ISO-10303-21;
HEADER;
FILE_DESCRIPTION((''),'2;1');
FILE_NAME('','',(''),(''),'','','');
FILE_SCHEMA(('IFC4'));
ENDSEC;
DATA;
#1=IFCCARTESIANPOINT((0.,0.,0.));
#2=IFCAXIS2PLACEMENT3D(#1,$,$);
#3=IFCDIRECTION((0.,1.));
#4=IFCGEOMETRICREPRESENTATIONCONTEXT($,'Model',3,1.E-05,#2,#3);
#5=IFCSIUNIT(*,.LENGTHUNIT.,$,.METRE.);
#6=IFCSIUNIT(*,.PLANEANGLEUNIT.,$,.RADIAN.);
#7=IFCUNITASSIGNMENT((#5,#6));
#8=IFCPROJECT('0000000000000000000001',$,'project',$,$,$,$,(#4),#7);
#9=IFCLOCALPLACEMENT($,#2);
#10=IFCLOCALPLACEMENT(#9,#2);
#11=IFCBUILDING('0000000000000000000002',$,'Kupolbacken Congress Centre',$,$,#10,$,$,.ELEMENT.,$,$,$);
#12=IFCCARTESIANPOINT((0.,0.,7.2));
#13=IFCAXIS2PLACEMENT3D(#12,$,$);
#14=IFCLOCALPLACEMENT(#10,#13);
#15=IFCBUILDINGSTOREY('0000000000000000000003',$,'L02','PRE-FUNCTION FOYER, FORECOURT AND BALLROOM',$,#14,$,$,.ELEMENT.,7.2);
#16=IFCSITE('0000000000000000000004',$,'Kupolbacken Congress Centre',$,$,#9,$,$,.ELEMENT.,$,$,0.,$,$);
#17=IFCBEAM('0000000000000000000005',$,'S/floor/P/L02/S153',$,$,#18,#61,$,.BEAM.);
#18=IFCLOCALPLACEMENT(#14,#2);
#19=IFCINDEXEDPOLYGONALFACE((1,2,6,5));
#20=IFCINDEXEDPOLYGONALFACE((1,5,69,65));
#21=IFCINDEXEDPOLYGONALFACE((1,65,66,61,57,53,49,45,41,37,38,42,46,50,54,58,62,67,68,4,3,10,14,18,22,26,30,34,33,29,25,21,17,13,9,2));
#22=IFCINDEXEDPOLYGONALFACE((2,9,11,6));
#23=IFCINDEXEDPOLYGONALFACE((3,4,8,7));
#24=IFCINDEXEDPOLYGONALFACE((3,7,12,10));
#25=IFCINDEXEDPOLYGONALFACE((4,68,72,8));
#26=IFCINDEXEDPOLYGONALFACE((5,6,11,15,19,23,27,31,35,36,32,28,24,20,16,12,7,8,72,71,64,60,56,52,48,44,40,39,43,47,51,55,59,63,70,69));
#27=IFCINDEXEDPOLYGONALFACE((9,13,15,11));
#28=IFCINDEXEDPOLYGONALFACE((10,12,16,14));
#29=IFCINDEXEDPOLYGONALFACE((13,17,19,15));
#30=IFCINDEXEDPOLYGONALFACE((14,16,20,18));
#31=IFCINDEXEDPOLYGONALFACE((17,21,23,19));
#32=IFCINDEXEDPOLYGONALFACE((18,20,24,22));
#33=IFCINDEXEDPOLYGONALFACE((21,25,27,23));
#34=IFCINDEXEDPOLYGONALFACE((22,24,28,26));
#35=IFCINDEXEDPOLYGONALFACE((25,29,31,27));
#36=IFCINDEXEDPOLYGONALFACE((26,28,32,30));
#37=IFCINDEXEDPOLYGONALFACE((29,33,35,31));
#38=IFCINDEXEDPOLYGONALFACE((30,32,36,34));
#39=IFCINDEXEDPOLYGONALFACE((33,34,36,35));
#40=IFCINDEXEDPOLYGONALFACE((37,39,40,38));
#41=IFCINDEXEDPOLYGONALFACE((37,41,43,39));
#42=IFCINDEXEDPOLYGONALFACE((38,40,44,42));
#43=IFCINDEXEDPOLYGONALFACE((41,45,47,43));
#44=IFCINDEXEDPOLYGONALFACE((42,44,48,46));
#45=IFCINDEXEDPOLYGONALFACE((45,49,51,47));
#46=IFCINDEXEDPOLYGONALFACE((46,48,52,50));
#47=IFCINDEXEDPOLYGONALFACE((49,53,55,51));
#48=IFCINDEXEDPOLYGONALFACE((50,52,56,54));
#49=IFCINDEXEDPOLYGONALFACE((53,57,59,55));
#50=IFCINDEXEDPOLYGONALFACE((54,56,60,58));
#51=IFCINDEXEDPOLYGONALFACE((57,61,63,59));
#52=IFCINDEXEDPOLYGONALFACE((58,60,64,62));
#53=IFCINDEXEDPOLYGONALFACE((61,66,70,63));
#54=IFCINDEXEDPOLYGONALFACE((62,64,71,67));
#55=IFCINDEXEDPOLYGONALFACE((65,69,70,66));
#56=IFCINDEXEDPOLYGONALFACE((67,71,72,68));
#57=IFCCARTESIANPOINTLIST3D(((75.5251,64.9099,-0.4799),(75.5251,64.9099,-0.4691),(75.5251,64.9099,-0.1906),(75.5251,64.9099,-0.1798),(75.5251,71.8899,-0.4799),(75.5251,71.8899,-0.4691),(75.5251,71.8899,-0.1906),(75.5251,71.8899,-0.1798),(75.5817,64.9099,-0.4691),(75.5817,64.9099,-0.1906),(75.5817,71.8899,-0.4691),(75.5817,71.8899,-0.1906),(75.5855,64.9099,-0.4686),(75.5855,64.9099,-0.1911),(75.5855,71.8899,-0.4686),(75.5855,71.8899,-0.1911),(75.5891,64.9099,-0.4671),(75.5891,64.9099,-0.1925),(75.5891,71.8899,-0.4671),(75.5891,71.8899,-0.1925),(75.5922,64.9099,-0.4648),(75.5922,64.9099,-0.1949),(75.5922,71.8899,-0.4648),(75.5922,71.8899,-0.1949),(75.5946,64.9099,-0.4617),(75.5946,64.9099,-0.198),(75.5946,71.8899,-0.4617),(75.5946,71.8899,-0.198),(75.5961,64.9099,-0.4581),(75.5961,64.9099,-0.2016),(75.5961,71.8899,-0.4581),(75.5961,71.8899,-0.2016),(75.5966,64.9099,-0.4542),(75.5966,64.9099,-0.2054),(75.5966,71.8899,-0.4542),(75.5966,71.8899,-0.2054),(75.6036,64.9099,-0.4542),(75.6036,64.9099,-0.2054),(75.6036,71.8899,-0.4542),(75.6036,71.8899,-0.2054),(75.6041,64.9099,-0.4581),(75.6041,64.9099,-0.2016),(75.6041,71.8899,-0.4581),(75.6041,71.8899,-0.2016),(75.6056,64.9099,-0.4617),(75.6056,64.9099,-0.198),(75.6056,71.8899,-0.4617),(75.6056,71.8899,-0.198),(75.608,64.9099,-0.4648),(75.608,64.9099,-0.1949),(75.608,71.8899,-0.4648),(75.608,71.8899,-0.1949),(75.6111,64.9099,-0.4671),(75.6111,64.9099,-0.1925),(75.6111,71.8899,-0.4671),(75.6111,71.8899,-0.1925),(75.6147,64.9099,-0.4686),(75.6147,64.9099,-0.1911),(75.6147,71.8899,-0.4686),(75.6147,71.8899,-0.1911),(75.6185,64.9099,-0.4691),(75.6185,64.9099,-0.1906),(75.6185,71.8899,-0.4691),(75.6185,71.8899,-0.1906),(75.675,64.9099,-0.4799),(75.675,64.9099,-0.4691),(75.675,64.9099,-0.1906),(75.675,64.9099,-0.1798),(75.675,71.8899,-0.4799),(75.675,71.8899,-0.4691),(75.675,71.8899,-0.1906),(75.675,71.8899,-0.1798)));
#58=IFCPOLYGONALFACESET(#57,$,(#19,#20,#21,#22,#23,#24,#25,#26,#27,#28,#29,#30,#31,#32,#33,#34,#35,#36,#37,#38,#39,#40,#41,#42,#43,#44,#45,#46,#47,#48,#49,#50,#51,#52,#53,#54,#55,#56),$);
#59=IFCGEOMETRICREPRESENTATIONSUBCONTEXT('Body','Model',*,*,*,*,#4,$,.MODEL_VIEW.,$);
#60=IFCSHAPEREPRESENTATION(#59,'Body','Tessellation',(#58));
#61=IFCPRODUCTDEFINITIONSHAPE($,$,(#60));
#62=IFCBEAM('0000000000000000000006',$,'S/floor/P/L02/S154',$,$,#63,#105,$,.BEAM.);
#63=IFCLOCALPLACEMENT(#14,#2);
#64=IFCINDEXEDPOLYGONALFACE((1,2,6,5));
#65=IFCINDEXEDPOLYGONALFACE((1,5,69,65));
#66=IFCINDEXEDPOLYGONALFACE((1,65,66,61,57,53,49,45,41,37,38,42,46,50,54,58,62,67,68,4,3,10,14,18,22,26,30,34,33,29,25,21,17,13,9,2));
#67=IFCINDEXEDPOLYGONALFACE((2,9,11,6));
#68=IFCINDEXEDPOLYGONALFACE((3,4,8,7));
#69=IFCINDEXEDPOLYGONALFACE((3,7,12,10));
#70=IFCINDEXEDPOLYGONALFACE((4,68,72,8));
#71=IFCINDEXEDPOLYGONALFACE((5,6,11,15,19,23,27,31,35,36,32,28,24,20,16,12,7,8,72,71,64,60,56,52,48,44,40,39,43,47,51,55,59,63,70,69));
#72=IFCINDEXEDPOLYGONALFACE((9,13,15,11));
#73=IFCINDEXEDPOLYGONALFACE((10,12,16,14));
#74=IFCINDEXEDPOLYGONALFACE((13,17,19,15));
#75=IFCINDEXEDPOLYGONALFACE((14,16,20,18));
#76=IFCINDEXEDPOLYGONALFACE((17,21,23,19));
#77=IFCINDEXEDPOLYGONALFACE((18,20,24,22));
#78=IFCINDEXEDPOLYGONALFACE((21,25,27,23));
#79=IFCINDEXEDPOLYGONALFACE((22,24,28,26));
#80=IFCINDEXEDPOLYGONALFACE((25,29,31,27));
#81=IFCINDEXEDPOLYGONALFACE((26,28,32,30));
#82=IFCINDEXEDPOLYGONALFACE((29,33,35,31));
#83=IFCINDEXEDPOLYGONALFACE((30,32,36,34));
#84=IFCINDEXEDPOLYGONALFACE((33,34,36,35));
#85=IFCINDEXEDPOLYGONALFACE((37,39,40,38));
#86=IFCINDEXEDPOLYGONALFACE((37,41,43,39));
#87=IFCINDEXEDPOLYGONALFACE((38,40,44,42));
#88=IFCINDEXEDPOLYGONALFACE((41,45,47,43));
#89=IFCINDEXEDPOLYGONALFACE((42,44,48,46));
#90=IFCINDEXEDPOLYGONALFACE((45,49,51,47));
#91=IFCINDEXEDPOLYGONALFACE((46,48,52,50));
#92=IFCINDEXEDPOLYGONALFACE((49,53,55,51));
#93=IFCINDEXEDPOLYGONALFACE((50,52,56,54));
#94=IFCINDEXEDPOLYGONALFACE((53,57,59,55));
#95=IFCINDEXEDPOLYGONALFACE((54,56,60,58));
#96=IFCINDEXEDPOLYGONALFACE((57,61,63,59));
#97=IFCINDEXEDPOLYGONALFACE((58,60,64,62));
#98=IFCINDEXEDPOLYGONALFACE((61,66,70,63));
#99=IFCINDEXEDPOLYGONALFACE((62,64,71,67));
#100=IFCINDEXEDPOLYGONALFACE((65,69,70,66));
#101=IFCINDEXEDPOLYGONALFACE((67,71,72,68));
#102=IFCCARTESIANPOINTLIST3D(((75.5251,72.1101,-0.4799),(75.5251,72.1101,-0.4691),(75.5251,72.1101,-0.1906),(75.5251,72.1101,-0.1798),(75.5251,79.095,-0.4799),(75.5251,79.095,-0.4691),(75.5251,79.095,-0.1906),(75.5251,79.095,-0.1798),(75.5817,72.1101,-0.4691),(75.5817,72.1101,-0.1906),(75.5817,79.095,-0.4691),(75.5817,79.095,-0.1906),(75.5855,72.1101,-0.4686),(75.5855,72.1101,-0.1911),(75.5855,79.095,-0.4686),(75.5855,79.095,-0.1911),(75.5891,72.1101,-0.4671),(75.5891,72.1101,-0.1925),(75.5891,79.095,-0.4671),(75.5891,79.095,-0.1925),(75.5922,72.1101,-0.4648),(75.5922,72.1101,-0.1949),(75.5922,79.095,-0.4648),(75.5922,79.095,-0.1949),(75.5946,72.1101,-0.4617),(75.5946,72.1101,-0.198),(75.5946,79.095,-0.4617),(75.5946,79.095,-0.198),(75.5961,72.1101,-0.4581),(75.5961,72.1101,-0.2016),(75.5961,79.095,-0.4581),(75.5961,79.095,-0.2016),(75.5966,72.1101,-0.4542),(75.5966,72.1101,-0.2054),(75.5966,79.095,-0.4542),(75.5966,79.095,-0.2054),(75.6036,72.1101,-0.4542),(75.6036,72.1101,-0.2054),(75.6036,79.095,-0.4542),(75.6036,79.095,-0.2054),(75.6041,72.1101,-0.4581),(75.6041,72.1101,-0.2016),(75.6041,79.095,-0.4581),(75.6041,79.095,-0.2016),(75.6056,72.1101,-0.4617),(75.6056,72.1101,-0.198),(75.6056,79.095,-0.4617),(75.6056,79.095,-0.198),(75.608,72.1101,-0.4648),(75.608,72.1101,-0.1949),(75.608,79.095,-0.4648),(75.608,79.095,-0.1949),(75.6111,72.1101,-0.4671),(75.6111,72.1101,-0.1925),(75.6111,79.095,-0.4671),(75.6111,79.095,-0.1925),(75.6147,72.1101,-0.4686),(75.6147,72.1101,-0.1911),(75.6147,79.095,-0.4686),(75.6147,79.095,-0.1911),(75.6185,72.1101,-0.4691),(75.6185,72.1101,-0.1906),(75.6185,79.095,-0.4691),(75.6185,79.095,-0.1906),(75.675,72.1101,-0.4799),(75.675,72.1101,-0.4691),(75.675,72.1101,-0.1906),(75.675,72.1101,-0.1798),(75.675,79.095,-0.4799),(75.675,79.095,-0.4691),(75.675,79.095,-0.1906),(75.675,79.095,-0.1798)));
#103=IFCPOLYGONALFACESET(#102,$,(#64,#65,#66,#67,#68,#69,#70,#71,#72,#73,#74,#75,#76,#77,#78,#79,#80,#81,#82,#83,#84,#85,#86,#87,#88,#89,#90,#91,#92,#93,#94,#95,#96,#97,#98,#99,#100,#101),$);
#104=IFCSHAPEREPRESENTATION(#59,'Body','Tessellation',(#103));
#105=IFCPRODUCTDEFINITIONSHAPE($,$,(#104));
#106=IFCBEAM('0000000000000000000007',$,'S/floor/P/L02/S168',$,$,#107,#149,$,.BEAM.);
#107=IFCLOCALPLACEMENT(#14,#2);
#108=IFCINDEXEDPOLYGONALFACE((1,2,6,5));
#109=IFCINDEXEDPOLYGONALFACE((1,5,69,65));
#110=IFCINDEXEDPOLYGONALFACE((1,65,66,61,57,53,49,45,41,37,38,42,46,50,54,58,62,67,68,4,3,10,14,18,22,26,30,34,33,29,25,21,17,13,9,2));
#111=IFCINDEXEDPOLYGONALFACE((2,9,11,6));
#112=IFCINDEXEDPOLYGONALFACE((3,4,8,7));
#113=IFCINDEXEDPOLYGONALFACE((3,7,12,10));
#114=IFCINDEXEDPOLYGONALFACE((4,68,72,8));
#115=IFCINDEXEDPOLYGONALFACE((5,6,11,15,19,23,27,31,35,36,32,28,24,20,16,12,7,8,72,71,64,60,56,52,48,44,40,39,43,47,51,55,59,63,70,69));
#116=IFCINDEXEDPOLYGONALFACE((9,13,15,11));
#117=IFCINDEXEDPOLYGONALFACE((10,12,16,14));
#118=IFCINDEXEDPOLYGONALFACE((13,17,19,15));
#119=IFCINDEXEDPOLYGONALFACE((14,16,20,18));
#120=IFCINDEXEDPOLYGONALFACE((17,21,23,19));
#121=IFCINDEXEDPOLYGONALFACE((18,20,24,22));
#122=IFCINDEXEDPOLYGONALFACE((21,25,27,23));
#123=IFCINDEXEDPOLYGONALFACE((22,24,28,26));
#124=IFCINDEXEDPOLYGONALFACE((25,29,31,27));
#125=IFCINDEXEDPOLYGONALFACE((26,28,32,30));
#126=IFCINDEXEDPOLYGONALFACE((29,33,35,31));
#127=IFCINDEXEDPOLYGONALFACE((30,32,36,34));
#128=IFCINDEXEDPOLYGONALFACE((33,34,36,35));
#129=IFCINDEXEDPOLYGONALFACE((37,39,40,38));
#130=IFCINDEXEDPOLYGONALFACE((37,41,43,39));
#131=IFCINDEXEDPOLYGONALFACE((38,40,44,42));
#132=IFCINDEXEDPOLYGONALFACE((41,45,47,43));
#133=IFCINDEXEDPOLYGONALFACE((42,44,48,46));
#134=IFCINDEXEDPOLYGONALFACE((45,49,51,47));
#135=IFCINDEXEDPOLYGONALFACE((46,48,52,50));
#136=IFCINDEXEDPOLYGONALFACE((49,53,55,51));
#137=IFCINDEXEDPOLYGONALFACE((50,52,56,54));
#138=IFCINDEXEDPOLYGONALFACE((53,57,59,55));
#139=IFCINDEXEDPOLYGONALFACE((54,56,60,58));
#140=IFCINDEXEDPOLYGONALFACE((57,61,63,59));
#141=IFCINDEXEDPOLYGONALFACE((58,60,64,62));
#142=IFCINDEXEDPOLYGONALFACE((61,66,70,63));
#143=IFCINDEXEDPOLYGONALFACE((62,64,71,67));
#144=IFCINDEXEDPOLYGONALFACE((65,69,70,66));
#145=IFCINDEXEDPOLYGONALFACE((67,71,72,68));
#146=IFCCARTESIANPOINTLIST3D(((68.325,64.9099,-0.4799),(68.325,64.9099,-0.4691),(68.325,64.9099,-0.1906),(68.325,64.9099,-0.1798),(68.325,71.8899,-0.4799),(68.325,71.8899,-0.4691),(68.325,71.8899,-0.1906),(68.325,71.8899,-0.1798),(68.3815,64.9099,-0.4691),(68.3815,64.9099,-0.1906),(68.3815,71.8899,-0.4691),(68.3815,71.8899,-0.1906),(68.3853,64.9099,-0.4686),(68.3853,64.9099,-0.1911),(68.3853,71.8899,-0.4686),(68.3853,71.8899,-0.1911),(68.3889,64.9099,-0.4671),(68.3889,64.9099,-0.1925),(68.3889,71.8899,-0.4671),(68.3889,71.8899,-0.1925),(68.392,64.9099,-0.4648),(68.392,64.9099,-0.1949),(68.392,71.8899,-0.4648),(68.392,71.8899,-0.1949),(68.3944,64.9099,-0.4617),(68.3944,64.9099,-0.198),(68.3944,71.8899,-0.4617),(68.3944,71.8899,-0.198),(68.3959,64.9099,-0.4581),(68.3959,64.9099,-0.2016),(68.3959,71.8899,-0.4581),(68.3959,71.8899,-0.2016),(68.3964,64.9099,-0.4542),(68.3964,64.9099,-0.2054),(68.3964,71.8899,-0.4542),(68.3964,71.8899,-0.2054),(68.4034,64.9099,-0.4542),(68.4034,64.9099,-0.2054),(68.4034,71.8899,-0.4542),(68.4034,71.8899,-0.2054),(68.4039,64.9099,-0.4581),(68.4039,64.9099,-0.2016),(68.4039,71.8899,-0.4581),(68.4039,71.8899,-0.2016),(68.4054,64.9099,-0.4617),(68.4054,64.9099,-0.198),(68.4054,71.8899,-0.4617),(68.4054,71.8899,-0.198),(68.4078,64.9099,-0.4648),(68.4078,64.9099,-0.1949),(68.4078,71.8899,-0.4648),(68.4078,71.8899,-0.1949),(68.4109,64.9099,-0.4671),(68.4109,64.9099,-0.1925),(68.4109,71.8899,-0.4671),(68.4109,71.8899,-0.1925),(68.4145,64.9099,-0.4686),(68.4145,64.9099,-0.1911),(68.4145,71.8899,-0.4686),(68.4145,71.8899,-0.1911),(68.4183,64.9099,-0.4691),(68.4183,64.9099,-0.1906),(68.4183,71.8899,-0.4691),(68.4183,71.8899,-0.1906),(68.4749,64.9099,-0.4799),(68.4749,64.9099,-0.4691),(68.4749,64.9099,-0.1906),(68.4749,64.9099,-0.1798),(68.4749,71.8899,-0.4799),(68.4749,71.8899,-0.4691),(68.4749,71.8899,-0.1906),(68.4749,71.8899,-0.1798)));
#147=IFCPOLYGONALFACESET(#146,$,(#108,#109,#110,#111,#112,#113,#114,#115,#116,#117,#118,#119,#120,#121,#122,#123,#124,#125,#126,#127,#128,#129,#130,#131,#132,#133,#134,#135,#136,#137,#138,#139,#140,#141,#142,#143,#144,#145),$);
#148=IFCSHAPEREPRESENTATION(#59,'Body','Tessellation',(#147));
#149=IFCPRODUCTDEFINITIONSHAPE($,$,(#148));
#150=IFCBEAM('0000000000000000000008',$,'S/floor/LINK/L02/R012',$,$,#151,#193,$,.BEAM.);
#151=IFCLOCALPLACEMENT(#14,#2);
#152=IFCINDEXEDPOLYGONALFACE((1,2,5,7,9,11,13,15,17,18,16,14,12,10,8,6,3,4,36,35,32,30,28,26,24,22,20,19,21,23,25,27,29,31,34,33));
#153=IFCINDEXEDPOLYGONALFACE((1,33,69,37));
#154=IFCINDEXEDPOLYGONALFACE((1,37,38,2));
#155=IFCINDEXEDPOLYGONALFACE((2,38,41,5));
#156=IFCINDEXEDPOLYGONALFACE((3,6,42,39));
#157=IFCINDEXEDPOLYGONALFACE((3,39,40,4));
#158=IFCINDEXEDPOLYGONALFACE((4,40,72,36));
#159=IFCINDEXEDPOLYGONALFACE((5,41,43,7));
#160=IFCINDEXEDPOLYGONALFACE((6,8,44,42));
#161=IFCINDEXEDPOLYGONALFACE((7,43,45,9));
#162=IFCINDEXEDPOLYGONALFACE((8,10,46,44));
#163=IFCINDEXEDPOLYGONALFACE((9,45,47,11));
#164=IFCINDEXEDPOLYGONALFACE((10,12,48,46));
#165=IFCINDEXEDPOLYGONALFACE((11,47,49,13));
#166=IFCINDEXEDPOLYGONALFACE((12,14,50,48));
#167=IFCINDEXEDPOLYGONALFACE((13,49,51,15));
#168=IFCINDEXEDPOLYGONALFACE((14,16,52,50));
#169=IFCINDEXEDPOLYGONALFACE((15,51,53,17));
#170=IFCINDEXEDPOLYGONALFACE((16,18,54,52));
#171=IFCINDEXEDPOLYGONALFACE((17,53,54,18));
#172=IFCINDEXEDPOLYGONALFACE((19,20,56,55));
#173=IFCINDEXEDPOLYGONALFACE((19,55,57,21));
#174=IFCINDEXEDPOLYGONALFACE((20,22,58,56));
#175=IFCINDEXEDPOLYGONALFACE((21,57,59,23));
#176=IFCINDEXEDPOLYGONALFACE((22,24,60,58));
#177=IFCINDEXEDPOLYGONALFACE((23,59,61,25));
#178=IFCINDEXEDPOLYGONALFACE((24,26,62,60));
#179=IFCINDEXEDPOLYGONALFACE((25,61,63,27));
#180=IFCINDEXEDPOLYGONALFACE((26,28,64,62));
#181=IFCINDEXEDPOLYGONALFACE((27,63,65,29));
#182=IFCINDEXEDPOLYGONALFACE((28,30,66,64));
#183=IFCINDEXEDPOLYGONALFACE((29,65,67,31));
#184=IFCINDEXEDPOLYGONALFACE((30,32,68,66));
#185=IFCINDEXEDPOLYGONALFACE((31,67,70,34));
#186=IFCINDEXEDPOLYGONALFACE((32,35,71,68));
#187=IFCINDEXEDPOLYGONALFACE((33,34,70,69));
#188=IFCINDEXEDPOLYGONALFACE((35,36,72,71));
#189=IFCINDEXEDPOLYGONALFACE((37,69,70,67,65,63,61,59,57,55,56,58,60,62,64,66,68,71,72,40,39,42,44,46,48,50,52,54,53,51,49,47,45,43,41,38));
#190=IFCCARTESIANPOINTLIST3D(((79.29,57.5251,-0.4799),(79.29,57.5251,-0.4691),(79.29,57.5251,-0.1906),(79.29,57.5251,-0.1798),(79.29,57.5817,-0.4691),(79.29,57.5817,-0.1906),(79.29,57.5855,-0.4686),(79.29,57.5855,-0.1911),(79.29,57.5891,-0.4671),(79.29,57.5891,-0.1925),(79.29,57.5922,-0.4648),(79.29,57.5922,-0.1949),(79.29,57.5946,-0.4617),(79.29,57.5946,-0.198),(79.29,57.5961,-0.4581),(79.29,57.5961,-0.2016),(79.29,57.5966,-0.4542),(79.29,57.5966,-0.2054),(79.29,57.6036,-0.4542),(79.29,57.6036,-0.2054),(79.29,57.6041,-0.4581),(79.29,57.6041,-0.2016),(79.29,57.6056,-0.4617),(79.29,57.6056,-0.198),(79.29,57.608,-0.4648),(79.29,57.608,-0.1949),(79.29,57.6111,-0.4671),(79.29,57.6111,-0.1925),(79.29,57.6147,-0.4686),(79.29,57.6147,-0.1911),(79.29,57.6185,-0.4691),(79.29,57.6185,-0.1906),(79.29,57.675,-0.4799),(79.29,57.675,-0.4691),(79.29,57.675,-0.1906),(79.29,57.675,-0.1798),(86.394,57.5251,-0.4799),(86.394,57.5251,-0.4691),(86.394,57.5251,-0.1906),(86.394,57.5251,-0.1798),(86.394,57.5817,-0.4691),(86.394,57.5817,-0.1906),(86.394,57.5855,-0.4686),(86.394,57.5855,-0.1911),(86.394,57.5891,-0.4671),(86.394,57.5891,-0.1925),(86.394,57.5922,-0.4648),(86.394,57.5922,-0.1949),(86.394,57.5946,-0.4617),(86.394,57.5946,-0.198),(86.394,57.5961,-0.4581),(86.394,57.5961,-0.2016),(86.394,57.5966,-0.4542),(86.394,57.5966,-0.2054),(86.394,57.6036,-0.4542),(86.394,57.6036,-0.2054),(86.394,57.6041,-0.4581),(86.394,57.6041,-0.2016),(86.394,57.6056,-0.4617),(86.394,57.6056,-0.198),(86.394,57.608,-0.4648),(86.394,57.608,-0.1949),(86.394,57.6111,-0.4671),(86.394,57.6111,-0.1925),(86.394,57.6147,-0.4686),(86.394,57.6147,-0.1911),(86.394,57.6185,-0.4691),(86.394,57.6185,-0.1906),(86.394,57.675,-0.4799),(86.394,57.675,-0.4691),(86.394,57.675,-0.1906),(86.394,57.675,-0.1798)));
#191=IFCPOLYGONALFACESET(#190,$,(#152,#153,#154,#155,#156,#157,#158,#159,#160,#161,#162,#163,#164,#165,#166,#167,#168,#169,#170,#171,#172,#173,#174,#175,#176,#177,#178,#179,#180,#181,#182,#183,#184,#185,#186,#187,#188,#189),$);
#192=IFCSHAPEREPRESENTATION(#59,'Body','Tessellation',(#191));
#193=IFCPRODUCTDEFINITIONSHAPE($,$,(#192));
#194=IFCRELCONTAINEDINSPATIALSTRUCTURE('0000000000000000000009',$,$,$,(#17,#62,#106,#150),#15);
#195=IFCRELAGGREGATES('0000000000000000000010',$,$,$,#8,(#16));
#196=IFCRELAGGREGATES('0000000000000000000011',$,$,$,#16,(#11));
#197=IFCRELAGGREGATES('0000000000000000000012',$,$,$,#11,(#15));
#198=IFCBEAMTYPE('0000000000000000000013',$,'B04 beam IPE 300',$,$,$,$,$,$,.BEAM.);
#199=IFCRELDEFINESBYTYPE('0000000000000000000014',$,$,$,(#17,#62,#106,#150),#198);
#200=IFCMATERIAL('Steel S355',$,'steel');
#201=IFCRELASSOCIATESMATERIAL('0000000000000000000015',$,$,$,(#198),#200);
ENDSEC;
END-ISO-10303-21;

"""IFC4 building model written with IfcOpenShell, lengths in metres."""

from ifc_helpers import new_model, si_unit, direction, frame, origin, origin_2d, place, context, subcontext, project, spatial, i_section, extrude, material, material_profile, profile_set, type_object, element, save


model = new_model("IFC4")

# Units and contexts
model_context = context("Model", 3, precision=1e-05, world=origin(), true_north=direction((0.0, 1.0)))
body_context = subcontext(model_context, "Body", "Model", "MODEL_VIEW")
ifc_project = project(units=[si_unit("LENGTHUNIT", "METRE"), si_unit("PLANEANGLEUNIT", "RADIAN")], contexts=[model_context])

# Site, building, storey
site_placement = place(None, origin())
site = spatial("IfcSite", under=ifc_project, at=site_placement, Name="Kupolbacken Congress Centre", CompositionType="ELEMENT", RefElevation=0.0)
building_placement = place(site_placement, origin())
building = spatial("IfcBuilding", under=site, at=building_placement, Name="Kupolbacken Congress Centre", CompositionType="ELEMENT")
storey_placement = place(building_placement, frame((0.0, 0.0, 7.2)))
storey = spatial("IfcBuildingStorey", under=building, at=storey_placement, Name="L02", Description="PRE-FUNCTION FOYER, FORECOURT AND BALLROOM", CompositionType="ELEMENT", Elevation=7.2)

# Beams
ifc_material_1 = material(Name="Steel S355", Category="steel")
ifc_material_profile_1 = material_profile(ifc_material_1, i_section(OverallWidth=0.1499, OverallDepth=0.3, WebThickness=0.0071, FlangeThickness=0.0107, FilletRadius=0.0149, at=origin_2d()), Name="IPE 300")
ifc_profile_set_1 = profile_set([ifc_material_profile_1], Name="Steel S355")
beam_type_1 = type_object("IfcBeamType", Name="B04 beam IPE 300", PredefinedType="BEAM", material=ifc_profile_set_1)
for number, where, z_axis, x_axis, name in (
    (1, (75.6001, 64.9099, -0.3298), (0.0, 1.0, 0.0), (-1.0, 0.0, 0.0), "S/floor/P/L02/S153"),
):
    element("IfcBeam", number, at=place(storey_placement, frame(where, z_axis=z_axis, x_axis=x_axis)), inside=storey, type_object=beam_type_1, Name=name, PredefinedType="BEAM", context=body_context, shape_type="SweptSolid", body=[
        extrude(i_section(OverallWidth=0.1499, OverallDepth=0.3, WebThickness=0.0071, FlangeThickness=0.0107, FilletRadius=0.0149, at=origin_2d()), origin(), (0.0, 0.0, 1.0), 6.98),
    ])
beam_1_placement = place(storey_placement, frame((75.6001, 72.1101, -0.3298), z_axis=(0.0, 1.0, 0.0), x_axis=(-1.0, 0.0, 0.0)))
element("IfcBeam", 2, at=beam_1_placement, inside=storey, type_object=beam_type_1, Name="S/floor/P/L02/S154", PredefinedType="BEAM", context=body_context, shape_type="SweptSolid", body=[
    extrude(i_section(OverallWidth=0.1499, OverallDepth=0.3, WebThickness=0.0071, FlangeThickness=0.0107, FilletRadius=0.0149, at=origin_2d()), origin(), (0.0, 0.0, 1.0), 6.9849),
])
beam_2_placement = place(storey_placement, frame((68.3999, 64.9099, -0.3298), z_axis=(0.0, 1.0, 0.0), x_axis=(-1.0, 0.0, 0.0)))
element("IfcBeam", 3, at=beam_2_placement, inside=storey, type_object=beam_type_1, Name="S/floor/P/L02/S168", PredefinedType="BEAM", context=body_context, shape_type="SweptSolid", body=[
    extrude(i_section(OverallWidth=0.1499, OverallDepth=0.3, WebThickness=0.0071, FlangeThickness=0.0107, FilletRadius=0.0149, at=origin_2d()), origin(), (0.0, 0.0, 1.0), 6.98),
])
beam_3_placement = place(storey_placement, frame((79.29, 57.6001, -0.3298), z_axis=(1.0, 0.0, 0.0), x_axis=(0.0, 1.0, 0.0)))
element("IfcBeam", 4, at=beam_3_placement, inside=storey, type_object=beam_type_1, Name="S/floor/LINK/L02/R012", PredefinedType="BEAM", context=body_context, shape_type="SweptSolid", body=[
    extrude(i_section(OverallWidth=0.1499, OverallDepth=0.3, WebThickness=0.0071, FlangeThickness=0.0107, FilletRadius=0.0149, at=origin_2d()), origin(), (0.0, 0.0, 1.0), 7.104),
])

save(model, "model.ifc")
